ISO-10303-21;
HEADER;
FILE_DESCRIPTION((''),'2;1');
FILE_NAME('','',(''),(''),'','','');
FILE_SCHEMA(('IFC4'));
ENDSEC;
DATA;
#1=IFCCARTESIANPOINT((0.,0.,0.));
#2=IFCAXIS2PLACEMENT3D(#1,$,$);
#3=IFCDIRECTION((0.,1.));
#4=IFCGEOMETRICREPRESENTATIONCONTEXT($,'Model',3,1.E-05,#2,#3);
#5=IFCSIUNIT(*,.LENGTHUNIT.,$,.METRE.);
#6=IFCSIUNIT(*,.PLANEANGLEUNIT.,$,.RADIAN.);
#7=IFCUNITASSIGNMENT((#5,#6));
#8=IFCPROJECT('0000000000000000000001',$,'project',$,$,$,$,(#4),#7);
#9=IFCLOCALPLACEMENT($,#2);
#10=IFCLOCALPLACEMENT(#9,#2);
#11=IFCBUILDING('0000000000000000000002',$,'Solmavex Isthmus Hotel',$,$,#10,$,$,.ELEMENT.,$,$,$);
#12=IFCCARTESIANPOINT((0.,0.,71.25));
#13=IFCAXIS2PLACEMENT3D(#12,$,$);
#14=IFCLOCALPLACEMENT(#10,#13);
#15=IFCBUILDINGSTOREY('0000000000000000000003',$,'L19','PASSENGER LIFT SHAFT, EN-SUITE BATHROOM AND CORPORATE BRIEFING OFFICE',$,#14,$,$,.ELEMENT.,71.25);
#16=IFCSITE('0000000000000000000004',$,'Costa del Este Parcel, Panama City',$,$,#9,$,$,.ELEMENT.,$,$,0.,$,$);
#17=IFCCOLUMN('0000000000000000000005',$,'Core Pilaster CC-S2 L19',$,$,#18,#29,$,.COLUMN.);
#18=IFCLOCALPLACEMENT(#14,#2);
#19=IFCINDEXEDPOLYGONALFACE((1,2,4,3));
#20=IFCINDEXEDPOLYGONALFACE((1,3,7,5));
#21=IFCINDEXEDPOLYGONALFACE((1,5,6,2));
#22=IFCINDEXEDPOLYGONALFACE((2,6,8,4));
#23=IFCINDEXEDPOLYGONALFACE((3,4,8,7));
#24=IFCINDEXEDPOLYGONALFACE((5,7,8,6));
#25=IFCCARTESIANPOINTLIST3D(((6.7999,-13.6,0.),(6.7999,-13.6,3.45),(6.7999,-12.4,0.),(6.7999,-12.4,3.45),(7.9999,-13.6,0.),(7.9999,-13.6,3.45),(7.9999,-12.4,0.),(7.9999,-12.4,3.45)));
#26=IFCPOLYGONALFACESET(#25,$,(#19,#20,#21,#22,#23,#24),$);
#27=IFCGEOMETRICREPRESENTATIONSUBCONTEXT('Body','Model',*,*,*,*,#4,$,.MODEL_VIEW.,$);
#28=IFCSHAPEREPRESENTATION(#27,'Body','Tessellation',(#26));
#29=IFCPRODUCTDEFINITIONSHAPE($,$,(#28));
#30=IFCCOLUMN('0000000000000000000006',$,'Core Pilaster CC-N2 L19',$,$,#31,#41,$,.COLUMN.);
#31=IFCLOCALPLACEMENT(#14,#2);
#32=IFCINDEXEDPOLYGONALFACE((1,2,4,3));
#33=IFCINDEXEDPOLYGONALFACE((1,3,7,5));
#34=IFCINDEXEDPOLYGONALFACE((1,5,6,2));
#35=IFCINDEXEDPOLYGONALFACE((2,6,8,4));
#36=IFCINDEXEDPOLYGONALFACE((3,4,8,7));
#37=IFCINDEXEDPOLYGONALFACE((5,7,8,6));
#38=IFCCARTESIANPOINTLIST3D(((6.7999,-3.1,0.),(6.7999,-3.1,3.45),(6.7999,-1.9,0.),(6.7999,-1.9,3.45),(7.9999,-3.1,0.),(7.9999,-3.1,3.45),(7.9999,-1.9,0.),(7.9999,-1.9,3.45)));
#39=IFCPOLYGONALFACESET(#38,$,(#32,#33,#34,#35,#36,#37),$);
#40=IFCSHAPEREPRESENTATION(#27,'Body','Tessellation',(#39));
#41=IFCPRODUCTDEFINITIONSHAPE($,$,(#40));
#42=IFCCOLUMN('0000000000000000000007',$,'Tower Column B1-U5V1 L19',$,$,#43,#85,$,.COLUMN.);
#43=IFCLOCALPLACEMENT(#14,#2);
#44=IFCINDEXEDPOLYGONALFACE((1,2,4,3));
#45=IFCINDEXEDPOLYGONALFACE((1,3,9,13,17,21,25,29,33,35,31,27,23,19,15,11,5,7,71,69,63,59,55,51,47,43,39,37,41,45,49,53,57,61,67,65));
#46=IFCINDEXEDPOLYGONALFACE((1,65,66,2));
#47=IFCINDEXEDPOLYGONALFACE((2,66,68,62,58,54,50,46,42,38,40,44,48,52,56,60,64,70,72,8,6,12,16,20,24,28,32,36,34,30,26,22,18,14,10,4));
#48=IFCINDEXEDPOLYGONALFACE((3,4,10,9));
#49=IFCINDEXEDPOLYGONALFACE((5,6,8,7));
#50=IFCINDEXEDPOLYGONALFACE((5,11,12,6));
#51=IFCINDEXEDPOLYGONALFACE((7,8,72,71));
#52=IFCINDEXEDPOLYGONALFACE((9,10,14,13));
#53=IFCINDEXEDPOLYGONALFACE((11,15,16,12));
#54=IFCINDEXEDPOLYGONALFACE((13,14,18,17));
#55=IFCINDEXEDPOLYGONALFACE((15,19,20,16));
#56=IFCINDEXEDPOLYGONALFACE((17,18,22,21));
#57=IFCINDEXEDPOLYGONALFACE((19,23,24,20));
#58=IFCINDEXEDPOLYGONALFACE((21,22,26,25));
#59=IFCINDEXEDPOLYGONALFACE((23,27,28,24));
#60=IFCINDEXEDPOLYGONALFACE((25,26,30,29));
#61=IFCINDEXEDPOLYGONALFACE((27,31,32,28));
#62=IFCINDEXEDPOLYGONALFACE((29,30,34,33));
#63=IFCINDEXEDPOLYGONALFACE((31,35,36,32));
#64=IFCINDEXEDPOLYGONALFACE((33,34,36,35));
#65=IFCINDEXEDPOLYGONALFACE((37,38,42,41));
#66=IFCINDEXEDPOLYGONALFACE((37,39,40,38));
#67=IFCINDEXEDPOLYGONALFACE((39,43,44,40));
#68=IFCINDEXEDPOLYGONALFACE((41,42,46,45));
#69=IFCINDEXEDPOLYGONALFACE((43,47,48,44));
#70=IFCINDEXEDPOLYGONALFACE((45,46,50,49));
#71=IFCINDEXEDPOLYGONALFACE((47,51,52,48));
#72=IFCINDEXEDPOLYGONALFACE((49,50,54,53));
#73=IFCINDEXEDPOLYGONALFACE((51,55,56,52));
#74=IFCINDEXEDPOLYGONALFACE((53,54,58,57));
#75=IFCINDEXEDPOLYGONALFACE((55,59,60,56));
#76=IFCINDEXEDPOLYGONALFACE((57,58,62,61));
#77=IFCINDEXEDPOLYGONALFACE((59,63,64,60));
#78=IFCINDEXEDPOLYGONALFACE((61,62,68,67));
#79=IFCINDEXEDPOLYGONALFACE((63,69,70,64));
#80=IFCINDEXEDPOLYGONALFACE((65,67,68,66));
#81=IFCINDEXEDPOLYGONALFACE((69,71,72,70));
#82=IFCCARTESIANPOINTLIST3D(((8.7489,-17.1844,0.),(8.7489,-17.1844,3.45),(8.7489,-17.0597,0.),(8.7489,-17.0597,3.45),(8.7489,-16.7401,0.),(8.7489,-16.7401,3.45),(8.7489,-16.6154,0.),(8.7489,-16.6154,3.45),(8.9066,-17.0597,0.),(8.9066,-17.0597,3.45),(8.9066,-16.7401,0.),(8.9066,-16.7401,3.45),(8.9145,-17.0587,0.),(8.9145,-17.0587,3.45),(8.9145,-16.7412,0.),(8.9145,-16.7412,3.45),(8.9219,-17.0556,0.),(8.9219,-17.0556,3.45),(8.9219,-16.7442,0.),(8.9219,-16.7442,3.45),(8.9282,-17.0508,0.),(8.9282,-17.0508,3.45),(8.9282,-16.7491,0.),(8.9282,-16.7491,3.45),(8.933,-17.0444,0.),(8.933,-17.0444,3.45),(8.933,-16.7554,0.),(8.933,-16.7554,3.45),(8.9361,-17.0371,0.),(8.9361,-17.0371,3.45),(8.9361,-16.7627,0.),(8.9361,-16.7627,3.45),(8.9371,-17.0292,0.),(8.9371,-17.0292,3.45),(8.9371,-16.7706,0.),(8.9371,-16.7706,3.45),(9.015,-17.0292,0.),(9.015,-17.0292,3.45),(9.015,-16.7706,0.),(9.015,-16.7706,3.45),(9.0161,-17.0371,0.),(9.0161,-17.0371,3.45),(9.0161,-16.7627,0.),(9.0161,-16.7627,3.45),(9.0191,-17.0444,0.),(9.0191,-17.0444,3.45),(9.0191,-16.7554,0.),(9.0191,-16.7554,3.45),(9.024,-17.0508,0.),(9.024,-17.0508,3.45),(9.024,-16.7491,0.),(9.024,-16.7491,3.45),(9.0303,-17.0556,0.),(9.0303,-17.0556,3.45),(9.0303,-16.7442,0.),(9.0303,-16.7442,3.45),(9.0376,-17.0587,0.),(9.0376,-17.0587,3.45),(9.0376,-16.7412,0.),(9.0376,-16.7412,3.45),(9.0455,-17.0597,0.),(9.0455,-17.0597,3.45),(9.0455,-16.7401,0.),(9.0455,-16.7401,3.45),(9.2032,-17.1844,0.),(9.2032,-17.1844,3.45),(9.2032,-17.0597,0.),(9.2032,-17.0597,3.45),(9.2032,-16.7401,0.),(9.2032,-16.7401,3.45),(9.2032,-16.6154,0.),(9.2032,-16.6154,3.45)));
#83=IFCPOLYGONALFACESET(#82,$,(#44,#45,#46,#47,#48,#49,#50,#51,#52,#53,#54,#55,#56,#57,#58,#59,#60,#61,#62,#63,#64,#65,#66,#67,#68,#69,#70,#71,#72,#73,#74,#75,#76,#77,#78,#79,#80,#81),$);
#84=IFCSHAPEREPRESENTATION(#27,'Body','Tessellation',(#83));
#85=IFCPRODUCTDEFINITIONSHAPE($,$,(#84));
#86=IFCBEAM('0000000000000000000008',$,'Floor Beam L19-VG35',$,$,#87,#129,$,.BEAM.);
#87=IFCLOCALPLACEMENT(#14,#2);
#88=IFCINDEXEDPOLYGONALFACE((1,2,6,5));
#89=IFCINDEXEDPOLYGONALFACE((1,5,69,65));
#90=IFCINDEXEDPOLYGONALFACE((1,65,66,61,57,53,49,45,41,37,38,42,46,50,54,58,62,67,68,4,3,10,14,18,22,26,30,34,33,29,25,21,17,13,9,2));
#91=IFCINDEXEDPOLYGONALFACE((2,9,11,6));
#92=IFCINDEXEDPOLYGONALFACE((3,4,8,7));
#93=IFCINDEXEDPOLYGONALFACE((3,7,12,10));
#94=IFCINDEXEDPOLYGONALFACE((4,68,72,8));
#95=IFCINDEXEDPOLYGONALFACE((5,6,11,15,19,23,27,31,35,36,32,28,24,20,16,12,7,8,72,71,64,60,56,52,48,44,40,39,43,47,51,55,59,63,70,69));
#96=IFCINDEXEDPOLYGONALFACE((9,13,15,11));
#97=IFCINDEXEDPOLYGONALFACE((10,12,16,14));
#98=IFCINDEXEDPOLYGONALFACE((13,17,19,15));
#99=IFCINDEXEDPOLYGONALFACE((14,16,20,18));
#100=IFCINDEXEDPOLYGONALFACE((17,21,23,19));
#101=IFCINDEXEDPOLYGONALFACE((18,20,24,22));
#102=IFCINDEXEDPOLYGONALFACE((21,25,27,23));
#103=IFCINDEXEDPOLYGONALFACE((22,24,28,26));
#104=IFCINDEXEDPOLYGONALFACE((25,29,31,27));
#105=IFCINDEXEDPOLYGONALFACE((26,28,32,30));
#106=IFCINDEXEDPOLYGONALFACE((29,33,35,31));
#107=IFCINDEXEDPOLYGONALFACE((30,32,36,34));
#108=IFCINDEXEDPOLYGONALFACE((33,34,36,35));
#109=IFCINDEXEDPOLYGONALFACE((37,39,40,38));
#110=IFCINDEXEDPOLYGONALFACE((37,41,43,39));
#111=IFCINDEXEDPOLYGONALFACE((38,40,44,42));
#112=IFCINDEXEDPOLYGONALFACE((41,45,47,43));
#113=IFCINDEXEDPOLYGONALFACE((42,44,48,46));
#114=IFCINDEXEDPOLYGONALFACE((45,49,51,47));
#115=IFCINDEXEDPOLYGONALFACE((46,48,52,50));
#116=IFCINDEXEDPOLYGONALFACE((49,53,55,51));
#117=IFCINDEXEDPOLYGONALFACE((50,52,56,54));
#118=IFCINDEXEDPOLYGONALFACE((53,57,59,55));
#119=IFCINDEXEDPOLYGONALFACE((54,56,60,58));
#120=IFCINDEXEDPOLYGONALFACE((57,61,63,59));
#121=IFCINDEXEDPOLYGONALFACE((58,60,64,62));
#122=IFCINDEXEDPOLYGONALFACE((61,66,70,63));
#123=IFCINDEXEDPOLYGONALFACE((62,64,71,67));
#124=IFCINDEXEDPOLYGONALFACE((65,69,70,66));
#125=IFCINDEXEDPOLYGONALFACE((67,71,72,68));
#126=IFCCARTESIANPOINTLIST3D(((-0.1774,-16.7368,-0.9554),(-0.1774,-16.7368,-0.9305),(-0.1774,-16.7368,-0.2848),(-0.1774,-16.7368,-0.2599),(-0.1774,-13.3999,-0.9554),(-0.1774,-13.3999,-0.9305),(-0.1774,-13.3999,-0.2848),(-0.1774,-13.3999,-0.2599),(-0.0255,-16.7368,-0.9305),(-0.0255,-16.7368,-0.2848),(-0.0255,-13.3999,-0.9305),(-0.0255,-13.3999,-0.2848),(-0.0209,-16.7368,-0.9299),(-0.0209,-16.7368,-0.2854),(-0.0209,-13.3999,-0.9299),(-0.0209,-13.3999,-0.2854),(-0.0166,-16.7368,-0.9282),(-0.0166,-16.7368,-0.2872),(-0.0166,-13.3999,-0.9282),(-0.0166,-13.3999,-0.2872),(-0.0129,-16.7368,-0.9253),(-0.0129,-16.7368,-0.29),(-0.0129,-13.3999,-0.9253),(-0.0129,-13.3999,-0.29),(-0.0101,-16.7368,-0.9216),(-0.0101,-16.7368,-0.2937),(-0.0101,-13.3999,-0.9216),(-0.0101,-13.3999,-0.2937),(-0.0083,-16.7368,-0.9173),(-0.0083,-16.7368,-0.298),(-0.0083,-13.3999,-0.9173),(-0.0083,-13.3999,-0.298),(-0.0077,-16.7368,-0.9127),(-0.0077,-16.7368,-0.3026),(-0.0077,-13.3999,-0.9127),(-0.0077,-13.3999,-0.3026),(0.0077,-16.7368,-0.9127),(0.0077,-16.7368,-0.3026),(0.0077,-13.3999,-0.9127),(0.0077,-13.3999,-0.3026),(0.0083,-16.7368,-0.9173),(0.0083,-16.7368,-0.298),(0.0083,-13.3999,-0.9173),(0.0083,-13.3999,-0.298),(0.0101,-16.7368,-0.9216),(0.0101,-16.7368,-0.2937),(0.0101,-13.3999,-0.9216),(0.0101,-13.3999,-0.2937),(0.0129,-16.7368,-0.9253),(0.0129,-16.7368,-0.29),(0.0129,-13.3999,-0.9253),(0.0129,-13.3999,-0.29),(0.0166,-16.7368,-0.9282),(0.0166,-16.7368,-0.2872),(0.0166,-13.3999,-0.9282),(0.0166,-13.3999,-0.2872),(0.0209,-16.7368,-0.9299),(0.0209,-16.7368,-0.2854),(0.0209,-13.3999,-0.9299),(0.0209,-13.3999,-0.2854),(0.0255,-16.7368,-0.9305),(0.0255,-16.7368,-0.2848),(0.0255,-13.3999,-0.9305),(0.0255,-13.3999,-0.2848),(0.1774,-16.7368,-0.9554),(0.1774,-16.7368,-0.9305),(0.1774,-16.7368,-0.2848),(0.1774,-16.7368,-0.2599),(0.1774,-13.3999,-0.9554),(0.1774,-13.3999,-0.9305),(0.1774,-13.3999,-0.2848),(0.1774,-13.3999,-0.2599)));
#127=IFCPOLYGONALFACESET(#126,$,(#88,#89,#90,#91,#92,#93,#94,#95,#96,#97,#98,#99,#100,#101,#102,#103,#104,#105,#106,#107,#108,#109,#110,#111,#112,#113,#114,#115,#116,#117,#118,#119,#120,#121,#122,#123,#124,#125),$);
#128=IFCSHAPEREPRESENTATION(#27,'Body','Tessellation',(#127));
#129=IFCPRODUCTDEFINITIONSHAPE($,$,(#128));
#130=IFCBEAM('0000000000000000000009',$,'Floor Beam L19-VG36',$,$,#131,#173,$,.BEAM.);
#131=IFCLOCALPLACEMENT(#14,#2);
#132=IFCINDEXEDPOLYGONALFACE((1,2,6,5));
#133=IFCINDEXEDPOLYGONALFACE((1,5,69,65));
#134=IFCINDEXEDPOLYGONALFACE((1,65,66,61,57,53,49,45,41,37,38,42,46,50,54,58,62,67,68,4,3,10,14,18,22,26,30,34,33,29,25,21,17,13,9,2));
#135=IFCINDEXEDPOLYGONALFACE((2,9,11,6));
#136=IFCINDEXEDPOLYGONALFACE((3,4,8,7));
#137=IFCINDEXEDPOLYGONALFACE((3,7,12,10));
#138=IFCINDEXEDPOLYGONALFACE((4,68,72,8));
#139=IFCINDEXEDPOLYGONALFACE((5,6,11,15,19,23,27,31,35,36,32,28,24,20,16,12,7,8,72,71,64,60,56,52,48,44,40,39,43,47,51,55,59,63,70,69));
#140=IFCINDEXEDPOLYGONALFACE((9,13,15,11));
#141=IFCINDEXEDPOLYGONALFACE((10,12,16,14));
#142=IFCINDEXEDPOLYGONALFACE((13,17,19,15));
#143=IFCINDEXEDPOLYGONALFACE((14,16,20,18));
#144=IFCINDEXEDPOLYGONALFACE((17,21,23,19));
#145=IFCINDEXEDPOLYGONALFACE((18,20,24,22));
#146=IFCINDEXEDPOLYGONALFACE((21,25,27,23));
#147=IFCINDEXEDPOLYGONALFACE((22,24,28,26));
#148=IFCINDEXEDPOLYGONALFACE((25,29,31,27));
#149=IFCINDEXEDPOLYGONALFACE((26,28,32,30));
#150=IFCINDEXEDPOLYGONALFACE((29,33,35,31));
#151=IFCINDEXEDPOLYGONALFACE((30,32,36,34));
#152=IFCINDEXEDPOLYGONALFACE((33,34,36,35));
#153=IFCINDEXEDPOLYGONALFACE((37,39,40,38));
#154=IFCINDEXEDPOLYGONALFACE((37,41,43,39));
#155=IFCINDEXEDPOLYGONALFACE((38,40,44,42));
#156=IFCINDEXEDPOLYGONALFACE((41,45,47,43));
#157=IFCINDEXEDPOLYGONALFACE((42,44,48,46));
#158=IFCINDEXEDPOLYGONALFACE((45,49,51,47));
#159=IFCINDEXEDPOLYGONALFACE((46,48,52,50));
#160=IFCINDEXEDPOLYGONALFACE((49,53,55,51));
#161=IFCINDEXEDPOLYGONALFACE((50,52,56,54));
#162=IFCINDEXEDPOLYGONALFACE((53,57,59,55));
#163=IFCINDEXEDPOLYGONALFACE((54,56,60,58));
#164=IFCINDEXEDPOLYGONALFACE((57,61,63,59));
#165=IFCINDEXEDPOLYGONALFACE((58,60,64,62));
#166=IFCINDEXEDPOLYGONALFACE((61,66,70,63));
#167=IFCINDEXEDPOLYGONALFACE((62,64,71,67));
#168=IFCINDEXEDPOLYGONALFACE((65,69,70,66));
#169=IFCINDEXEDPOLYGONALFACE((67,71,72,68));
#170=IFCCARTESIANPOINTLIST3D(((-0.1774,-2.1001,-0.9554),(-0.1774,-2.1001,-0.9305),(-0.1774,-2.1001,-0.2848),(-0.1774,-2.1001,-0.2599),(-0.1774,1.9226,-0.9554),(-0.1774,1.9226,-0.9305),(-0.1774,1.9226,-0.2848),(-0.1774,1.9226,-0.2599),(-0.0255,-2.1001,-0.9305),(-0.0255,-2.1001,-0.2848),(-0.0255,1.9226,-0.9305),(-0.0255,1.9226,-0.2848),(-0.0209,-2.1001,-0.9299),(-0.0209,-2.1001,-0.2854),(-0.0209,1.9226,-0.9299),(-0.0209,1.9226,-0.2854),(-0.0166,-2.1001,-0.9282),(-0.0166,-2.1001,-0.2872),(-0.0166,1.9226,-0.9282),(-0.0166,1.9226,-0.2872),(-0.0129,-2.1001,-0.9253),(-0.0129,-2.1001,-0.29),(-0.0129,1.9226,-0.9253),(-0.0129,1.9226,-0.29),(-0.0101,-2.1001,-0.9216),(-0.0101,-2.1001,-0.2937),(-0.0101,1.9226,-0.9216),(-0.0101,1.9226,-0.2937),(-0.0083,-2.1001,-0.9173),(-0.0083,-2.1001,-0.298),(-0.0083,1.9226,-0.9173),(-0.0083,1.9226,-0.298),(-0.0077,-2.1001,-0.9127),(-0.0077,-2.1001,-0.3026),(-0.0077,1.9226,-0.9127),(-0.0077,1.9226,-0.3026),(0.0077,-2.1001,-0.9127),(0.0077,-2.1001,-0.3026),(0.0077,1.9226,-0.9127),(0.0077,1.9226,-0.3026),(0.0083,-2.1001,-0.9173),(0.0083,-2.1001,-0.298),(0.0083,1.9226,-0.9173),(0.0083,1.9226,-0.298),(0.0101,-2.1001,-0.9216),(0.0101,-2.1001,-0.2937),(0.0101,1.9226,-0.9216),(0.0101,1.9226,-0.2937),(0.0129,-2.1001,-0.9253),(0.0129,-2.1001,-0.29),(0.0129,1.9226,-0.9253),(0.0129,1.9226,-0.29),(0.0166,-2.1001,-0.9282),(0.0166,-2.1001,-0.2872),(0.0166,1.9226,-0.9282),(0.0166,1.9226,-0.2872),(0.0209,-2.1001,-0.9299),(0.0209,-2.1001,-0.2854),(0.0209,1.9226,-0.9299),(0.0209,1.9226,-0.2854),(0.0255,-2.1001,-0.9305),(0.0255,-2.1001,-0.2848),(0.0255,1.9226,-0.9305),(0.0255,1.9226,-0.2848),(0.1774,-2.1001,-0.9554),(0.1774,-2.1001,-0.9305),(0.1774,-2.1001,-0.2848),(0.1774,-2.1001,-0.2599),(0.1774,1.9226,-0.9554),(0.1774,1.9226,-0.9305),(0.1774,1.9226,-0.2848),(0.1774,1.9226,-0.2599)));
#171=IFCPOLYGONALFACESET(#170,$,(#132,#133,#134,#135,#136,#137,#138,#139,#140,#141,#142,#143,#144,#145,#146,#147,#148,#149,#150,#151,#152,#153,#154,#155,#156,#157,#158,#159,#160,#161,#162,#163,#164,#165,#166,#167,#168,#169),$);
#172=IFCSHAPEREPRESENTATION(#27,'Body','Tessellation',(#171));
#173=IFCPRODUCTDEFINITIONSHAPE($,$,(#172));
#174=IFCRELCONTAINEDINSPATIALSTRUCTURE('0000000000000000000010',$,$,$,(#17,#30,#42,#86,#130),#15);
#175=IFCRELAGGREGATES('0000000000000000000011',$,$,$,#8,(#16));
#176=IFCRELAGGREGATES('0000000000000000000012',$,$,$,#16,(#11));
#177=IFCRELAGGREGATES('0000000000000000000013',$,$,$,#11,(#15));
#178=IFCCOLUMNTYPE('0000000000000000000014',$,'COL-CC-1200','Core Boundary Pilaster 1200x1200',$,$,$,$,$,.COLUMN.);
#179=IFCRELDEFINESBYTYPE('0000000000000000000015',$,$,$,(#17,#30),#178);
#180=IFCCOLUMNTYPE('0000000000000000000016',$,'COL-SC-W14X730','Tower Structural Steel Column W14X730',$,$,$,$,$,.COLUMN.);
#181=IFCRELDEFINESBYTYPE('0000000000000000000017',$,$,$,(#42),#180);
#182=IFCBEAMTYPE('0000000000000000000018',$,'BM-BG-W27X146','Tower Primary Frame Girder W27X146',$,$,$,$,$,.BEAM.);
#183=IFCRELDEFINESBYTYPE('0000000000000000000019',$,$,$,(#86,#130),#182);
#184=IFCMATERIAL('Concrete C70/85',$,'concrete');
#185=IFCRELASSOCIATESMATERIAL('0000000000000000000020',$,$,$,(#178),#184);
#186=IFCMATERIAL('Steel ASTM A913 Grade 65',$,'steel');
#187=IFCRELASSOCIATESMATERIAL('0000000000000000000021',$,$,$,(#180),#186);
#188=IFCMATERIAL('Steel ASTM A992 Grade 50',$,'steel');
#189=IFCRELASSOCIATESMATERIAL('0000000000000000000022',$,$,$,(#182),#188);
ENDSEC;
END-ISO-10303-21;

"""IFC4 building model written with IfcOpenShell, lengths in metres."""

from ifc_helpers import new_model, si_unit, direction, frame, origin, origin_2d, place, context, subcontext, project, spatial, rectangle, i_section, extrude, material, material_profile, profile_set, type_object, element, save


model = new_model("IFC4")

# Units and contexts
model_context = context("Model", 3, precision=1e-05, world=origin(), true_north=direction((0.0, 1.0)))
body_context = subcontext(model_context, "Body", "Model", "MODEL_VIEW")
ifc_project = project(units=[si_unit("LENGTHUNIT", "METRE"), si_unit("PLANEANGLEUNIT", "RADIAN")], contexts=[model_context])

# Site, building, storey
site_placement = place(None, origin())
site = spatial("IfcSite", under=ifc_project, at=site_placement, Name="Costa del Este Parcel, Panama City", CompositionType="ELEMENT", RefElevation=0.0)
building_placement = place(site_placement, origin())
building = spatial("IfcBuilding", under=site, at=building_placement, Name="Solmavex Isthmus Hotel", CompositionType="ELEMENT")
storey_placement = place(building_placement, frame((0.0, 0.0, 71.25)))
storey = spatial("IfcBuildingStorey", under=building, at=storey_placement, Name="L19", Description="PASSENGER LIFT SHAFT, EN-SUITE BATHROOM AND CORPORATE BRIEFING OFFICE", CompositionType="ELEMENT", Elevation=71.25)

# Columns
ifc_material_1 = material(Name="Concrete C70/85", Category="concrete")
ifc_material_profile_1 = material_profile(ifc_material_1, rectangle(XDim=1.2, YDim=1.2, at=origin_2d()), Name="RC1200X1200")
ifc_profile_set_1 = profile_set([ifc_material_profile_1], Name="Concrete C70/85")
column_type_1 = type_object("IfcColumnType", Name="COL-CC-1200", Description="Core Boundary Pilaster 1200x1200", PredefinedType="COLUMN", material=ifc_profile_set_1)
for number, where, z_axis, x_axis, name in (
    (1, (7.3999, -13.0, 0.0), (0.0, 0.0, 1.0), (1.0, 0.0, 0.0), "Core Pilaster CC-S2 L19"),
    (2, (7.3999, -2.5, 0.0), (0.0, 0.0, 1.0), (1.0, 0.0, 0.0), "Core Pilaster CC-N2 L19"),
):
    element("IfcColumn", number, at=place(storey_placement, frame(where, z_axis=z_axis, x_axis=x_axis)), inside=storey, type_object=column_type_1, Name=name, PredefinedType="COLUMN", context=body_context, shape_type="SweptSolid", body=[
        extrude(rectangle(XDim=1.2, YDim=1.2, at=origin_2d()), origin(), (0.0, 0.0, 1.0), 3.45),
    ])
ifc_material_2 = material(Name="Steel ASTM A913 Grade 65", Category="steel")
ifc_material_profile_2 = material_profile(ifc_material_2, i_section(OverallWidth=0.4543, OverallDepth=0.5691, WebThickness=0.0779, FlangeThickness=0.1248, FilletRadius=0.0305, at=origin_2d()), Name="W14X730")
ifc_profile_set_2 = profile_set([ifc_material_profile_2], Name="Steel ASTM A913 Grade 65")
column_type_2 = type_object("IfcColumnType", Name="COL-SC-W14X730", Description="Tower Structural Steel Column W14X730", PredefinedType="COLUMN", material=ifc_profile_set_2)
column_placement = place(storey_placement, frame((8.9761, -16.8999, 0.0), z_axis=(0.0, 0.0, 1.0), x_axis=(1.0, 0.0, 0.0)))
element("IfcColumn", 3, at=column_placement, inside=storey, type_object=column_type_2, Name="Tower Column B1-U5V1 L19", PredefinedType="COLUMN", context=body_context, shape_type="SweptSolid", body=[
    extrude(i_section(OverallWidth=0.4543, OverallDepth=0.5691, WebThickness=0.0779, FlangeThickness=0.1248, FilletRadius=0.0305, at=origin_2d()), origin(), (0.0, 0.0, 1.0), 3.45),
])

# Beams
ifc_material_3 = material(Name="Steel ASTM A992 Grade 50", Category="steel")
ifc_material_profile_3 = material_profile(ifc_material_3, i_section(OverallWidth=0.3547, OverallDepth=0.6956, WebThickness=0.0154, FlangeThickness=0.0249, FilletRadius=0.0178, at=origin_2d()), Name="W27X146")
ifc_profile_set_3 = profile_set([ifc_material_profile_3], Name="Steel ASTM A992 Grade 50")
beam_type_1 = type_object("IfcBeamType", Name="BM-BG-W27X146", Description="Tower Primary Frame Girder W27X146", PredefinedType="BEAM", material=ifc_profile_set_3)
beam_1_placement = place(storey_placement, frame((0.0, -16.7368, -0.6077), z_axis=(0.0, 1.0, 0.0), x_axis=(-1.0, 0.0, 0.0)))
element("IfcBeam", 4, at=beam_1_placement, inside=storey, type_object=beam_type_1, Name="Floor Beam L19-VG35", PredefinedType="BEAM", context=body_context, shape_type="SweptSolid", body=[
    extrude(i_section(OverallWidth=0.3547, OverallDepth=0.6956, WebThickness=0.0154, FlangeThickness=0.0249, FilletRadius=0.0178, at=origin_2d()), origin(), (0.0, 0.0, 1.0), 3.3369),
])
beam_2_placement = place(storey_placement, frame((0.0, -2.1001, -0.6077), z_axis=(0.0, 1.0, 0.0), x_axis=(-1.0, 0.0, 0.0)))
element("IfcBeam", 5, at=beam_2_placement, inside=storey, type_object=beam_type_1, Name="Floor Beam L19-VG36", PredefinedType="BEAM", context=body_context, shape_type="SweptSolid", body=[
    extrude(i_section(OverallWidth=0.3547, OverallDepth=0.6956, WebThickness=0.0154, FlangeThickness=0.0249, FilletRadius=0.0178, at=origin_2d()), origin(), (0.0, 0.0, 1.0), 4.0227),
])

save(model, "model.ifc")
